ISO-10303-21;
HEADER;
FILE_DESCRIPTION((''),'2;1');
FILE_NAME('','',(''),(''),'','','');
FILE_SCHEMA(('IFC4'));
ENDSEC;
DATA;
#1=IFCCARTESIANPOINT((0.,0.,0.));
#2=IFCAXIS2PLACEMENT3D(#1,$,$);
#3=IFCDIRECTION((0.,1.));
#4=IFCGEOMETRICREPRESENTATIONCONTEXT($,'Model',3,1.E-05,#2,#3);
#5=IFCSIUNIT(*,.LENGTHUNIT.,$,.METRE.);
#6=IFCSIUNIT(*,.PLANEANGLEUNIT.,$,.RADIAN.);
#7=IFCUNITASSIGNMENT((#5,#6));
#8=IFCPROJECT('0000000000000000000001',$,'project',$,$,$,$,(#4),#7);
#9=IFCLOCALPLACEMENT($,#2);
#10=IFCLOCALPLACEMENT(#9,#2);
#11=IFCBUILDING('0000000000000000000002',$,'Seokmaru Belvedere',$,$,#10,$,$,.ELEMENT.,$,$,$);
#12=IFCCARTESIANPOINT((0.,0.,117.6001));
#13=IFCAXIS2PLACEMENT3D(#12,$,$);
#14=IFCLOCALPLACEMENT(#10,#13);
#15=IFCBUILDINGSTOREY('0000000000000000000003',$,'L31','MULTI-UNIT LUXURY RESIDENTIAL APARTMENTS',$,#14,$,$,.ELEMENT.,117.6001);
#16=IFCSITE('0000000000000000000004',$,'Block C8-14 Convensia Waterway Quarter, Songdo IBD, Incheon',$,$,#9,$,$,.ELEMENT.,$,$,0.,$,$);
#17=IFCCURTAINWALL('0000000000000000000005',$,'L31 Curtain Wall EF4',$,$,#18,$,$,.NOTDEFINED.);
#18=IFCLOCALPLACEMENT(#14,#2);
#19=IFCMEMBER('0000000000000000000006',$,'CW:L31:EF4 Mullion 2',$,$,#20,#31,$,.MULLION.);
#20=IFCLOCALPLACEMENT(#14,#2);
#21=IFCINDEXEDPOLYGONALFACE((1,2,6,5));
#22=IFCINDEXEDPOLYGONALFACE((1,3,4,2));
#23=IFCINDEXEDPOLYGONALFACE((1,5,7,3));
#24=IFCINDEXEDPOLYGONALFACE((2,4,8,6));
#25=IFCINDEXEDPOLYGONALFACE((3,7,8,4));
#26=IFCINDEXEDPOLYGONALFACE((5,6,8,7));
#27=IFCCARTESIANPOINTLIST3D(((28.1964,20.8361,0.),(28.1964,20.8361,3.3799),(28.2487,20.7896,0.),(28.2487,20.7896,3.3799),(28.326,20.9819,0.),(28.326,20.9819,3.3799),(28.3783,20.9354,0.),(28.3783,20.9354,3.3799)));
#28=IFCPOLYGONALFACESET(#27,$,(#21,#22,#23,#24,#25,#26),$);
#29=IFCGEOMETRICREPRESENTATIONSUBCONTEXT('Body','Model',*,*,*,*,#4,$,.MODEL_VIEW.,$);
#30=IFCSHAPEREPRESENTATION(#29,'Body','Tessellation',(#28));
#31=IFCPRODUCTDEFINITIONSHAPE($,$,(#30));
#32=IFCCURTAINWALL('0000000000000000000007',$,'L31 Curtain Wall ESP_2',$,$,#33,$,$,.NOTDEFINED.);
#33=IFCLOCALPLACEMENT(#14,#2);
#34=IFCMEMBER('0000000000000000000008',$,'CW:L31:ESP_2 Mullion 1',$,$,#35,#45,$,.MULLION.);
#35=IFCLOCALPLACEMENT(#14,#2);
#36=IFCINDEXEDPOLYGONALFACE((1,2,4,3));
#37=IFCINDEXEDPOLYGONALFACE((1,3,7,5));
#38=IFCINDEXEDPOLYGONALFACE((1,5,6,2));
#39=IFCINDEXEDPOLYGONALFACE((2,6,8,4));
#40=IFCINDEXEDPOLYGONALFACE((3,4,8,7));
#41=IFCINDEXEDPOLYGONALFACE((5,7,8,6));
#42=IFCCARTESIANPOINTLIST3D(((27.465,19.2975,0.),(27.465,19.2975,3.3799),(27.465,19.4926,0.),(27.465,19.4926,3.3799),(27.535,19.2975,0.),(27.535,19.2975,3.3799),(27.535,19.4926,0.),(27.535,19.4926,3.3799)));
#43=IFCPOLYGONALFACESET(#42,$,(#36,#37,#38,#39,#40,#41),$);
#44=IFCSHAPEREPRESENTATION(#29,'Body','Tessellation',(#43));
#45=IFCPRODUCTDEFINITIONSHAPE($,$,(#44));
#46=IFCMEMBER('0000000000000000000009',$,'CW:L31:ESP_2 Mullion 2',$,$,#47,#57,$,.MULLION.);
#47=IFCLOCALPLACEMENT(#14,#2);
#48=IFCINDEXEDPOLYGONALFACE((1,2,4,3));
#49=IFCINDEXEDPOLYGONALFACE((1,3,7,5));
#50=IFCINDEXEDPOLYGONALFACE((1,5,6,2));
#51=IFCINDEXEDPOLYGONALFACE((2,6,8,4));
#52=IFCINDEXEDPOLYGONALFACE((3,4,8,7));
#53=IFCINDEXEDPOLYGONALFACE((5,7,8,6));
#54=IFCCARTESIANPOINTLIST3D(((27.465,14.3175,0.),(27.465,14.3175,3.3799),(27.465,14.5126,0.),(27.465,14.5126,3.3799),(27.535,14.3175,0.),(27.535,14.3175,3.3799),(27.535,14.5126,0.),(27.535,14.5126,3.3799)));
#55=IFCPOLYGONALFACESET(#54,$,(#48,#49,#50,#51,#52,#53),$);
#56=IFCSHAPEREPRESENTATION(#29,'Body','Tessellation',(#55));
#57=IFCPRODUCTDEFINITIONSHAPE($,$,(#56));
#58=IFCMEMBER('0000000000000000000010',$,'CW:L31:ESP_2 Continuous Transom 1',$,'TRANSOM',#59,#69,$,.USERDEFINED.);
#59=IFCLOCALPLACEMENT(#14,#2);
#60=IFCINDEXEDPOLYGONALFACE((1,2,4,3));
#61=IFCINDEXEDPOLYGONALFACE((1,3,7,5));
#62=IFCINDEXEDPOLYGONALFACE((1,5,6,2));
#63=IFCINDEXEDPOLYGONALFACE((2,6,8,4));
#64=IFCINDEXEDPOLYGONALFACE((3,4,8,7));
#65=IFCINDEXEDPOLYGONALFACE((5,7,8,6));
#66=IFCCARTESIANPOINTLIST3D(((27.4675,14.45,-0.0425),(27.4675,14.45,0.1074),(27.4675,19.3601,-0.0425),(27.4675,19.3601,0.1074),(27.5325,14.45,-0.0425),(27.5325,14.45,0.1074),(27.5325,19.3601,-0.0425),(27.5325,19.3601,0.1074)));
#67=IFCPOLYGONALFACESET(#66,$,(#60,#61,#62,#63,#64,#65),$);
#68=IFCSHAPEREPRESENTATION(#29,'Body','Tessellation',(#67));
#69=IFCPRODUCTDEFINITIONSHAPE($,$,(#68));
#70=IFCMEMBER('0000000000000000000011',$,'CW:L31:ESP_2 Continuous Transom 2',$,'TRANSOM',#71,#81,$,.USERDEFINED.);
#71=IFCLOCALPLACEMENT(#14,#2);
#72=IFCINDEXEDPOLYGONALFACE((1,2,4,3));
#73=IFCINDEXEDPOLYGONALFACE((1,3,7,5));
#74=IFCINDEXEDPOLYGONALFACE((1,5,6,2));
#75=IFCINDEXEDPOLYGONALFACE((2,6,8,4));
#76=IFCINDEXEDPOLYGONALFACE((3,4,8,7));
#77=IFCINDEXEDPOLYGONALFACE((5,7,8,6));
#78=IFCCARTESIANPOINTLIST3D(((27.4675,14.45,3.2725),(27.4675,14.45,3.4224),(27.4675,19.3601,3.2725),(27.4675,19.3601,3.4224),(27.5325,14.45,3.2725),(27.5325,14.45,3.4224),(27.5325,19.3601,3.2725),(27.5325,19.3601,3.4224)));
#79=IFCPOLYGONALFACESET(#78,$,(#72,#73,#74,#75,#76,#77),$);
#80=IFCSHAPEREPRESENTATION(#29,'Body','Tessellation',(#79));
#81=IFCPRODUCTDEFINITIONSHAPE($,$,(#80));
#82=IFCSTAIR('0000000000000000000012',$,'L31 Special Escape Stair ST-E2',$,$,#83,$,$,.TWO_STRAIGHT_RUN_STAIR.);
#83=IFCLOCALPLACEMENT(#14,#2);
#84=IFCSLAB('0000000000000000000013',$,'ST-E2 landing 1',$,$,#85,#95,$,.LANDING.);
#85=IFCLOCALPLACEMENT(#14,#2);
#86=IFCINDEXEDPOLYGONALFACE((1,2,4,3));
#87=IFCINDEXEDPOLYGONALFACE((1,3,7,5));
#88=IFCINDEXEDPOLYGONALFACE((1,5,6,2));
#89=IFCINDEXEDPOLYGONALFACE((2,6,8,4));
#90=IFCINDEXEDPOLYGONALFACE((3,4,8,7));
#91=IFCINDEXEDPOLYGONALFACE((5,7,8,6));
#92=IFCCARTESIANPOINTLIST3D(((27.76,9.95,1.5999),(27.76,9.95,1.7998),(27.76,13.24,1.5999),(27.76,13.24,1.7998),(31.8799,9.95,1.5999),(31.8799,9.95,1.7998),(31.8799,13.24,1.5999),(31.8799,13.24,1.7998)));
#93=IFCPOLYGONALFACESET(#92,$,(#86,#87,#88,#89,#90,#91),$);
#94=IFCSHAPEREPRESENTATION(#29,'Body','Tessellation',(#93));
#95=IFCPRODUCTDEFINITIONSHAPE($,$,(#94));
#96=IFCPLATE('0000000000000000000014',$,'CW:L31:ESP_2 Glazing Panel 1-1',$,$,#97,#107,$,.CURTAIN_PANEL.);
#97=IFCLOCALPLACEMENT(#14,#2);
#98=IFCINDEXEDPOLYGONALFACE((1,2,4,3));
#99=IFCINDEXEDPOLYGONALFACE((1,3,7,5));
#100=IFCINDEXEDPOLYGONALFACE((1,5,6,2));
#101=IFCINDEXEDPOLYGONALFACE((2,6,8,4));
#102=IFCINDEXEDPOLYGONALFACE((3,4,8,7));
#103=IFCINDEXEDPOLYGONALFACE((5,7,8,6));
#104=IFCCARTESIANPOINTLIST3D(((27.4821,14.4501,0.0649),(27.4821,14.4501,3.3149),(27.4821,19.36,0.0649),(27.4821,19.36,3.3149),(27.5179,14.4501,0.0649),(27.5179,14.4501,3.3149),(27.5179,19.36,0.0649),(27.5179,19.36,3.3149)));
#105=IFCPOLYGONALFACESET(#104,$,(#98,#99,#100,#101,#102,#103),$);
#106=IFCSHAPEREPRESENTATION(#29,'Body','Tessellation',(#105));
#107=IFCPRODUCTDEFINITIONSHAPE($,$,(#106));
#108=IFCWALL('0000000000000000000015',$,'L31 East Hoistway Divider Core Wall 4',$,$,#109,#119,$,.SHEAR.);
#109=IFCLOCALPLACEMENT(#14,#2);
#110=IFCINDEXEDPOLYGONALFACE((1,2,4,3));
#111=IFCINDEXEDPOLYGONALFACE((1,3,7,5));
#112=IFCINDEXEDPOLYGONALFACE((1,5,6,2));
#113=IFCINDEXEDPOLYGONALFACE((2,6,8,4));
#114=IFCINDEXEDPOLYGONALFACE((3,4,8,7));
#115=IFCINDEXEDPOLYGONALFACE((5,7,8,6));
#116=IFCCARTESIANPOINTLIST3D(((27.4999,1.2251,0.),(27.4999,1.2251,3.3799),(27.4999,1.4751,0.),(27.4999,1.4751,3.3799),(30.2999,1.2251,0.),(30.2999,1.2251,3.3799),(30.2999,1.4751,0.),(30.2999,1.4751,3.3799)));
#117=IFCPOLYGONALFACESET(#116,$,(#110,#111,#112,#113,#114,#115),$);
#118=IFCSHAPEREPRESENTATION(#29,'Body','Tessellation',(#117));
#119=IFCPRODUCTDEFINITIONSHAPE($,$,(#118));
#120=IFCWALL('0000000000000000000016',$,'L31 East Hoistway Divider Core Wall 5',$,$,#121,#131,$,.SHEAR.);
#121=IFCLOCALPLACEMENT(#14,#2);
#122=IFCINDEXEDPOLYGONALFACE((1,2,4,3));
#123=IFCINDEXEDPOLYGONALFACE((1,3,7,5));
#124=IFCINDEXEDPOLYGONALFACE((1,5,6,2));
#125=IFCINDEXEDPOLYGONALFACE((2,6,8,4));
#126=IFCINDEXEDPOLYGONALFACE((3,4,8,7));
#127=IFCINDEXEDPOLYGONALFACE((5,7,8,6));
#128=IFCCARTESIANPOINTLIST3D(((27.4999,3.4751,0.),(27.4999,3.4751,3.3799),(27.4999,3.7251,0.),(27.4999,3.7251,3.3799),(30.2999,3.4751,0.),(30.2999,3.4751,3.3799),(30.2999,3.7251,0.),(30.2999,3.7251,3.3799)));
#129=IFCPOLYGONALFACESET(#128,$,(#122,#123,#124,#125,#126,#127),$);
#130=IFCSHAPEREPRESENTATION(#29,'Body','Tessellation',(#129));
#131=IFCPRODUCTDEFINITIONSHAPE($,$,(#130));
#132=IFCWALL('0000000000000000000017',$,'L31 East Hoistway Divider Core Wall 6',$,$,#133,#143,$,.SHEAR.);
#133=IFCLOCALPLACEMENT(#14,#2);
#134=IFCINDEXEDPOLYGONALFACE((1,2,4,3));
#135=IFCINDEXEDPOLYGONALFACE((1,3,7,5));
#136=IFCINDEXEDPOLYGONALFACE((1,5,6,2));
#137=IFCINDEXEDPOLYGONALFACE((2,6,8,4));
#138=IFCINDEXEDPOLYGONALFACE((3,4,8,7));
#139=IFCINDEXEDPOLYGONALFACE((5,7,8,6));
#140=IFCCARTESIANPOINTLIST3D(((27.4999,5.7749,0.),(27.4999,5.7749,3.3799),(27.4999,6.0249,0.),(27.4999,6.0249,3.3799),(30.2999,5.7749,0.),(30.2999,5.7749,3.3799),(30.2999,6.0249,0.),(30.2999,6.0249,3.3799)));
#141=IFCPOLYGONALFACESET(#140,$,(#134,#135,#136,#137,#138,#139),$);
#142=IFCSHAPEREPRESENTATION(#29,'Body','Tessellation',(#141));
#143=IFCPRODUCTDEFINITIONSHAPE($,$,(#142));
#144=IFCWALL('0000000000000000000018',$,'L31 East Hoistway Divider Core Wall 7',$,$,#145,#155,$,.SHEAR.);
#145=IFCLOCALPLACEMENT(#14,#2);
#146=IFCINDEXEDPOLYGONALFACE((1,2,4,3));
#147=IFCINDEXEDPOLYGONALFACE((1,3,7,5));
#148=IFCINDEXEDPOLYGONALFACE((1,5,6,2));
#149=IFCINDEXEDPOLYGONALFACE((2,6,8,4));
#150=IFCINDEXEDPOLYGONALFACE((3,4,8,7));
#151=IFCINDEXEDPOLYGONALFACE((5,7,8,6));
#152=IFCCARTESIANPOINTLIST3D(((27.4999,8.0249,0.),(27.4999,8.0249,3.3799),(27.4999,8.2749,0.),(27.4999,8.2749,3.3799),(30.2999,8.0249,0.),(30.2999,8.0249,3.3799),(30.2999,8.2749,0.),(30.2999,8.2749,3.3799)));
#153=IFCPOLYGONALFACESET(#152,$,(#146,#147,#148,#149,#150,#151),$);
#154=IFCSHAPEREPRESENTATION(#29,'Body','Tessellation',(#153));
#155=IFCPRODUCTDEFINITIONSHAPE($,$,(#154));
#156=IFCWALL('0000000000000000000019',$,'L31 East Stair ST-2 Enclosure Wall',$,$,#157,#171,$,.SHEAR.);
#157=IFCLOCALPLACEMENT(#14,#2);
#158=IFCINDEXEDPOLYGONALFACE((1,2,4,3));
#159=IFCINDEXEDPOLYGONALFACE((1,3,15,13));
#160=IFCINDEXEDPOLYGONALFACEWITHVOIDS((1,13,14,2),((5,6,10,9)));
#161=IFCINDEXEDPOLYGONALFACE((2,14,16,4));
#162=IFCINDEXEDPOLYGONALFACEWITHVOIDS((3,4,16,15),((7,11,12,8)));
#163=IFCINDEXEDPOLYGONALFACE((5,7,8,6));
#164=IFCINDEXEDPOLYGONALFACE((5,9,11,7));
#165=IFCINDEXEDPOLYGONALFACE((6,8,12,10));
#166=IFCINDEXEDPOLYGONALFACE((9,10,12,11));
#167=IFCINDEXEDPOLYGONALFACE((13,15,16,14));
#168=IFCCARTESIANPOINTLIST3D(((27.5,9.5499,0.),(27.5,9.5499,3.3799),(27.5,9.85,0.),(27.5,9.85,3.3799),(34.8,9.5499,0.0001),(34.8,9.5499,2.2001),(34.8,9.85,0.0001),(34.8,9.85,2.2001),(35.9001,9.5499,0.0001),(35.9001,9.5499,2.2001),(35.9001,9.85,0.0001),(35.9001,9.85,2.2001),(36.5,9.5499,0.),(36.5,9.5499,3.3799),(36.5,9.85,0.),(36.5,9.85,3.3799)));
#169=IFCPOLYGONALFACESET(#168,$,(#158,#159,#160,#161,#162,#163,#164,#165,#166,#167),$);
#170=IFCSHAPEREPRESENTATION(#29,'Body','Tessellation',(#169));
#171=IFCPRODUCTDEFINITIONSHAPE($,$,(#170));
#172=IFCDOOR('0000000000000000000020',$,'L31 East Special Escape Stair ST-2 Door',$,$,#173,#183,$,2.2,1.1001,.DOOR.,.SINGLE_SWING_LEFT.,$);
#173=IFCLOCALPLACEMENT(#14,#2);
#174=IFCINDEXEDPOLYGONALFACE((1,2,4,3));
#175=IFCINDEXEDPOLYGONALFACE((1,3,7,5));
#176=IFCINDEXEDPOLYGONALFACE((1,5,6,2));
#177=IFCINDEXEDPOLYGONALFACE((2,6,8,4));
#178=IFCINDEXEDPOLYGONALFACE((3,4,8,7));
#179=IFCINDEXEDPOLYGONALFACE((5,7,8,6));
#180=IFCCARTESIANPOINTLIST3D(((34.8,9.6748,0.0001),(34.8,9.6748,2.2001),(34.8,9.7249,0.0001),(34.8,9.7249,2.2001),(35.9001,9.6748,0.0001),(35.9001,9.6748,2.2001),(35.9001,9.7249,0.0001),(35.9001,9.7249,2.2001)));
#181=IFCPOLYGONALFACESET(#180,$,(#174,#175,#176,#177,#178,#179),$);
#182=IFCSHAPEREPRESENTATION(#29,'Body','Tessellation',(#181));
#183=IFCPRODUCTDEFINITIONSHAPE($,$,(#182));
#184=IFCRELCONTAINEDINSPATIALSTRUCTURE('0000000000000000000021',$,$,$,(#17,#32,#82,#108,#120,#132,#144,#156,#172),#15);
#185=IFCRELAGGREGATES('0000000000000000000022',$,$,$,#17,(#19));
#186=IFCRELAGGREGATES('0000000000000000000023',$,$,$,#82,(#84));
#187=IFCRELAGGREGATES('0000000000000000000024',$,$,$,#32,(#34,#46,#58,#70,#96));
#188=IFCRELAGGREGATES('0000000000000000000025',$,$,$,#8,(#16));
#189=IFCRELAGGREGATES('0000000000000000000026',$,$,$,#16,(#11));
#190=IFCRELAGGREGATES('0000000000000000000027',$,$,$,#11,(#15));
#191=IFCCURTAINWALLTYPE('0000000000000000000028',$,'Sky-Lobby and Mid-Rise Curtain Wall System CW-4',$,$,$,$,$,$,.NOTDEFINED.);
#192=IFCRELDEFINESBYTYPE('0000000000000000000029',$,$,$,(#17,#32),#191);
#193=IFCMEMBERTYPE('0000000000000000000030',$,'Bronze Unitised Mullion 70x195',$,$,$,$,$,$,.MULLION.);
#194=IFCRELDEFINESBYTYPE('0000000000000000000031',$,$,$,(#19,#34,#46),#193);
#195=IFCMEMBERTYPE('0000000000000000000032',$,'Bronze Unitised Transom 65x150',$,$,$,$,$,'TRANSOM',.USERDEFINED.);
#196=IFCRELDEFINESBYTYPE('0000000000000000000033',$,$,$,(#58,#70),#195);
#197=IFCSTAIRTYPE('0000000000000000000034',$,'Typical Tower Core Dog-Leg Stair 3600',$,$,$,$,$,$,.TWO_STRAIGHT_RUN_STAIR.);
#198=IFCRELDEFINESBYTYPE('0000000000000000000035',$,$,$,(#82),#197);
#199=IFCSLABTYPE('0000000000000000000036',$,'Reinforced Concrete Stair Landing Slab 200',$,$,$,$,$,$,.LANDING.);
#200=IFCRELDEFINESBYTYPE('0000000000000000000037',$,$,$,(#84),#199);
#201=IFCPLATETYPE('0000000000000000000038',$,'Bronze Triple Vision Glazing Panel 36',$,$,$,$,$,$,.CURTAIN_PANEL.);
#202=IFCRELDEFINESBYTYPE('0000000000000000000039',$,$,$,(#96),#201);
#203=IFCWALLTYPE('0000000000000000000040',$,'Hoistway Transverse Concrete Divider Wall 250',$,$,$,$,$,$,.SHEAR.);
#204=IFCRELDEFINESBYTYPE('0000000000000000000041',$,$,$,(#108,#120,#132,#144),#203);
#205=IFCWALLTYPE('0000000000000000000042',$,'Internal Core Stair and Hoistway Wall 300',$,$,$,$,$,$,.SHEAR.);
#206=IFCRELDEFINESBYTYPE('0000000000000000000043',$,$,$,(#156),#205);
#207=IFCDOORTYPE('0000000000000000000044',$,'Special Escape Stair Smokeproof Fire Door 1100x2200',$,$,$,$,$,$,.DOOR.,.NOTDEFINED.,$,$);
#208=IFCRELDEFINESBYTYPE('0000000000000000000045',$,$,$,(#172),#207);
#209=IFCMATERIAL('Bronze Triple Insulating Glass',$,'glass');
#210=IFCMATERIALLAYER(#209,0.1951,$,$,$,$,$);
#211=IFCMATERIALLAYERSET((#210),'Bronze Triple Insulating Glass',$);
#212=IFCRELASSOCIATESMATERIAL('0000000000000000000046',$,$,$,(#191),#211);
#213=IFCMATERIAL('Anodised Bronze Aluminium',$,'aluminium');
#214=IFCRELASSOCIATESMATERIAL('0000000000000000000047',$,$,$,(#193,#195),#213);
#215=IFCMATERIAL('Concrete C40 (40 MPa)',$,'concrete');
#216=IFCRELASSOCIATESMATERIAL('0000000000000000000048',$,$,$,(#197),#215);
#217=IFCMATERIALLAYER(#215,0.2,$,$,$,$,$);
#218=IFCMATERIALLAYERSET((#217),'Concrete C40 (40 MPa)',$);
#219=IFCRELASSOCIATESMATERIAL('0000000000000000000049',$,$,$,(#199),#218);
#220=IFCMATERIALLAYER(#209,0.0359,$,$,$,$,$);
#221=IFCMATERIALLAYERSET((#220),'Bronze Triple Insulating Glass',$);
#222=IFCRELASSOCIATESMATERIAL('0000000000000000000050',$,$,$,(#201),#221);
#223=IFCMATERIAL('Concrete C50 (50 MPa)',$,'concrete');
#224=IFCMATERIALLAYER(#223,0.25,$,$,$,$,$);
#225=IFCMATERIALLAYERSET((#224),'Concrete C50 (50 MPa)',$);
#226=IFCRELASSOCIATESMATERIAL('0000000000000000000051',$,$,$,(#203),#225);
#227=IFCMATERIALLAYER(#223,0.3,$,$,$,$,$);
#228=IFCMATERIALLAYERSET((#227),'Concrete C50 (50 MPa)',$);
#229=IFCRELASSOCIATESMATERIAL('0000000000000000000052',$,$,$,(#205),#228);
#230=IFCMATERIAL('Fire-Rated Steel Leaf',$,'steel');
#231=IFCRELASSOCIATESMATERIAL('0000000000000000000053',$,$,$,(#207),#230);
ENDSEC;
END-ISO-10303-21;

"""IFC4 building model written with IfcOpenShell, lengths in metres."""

from ifc_helpers import new_model, si_unit, direction, frame, frame_2d, origin, origin_2d, place, context, subcontext, project, spatial, polyline, rectangle, outline, extrude, source, transform, mapped, material, layer, layer_set, material_profile, profile_set, type_object, type_shapes, element, fill, aggregate, save


model = new_model("IFC4")

# Units and contexts
model_context = context("Model", 3, precision=1e-05, world=origin(), true_north=direction((0.0, 1.0)))
body_context = subcontext(model_context, "Body", "Model", "MODEL_VIEW")
ifc_project = project(units=[si_unit("LENGTHUNIT", "METRE"), si_unit("PLANEANGLEUNIT", "RADIAN")], contexts=[model_context])

# Site, building, storey
site_placement = place(None, origin())
site = spatial("IfcSite", under=ifc_project, at=site_placement, Name="Block C8-14 Convensia Waterway Quarter, Songdo IBD, Incheon", CompositionType="ELEMENT", RefElevation=0.0)
building_placement = place(site_placement, origin())
building = spatial("IfcBuilding", under=site, at=building_placement, Name="Seokmaru Belvedere", CompositionType="ELEMENT")
storey_placement = place(building_placement, frame((0.0, 0.0, 117.6001)))
storey = spatial("IfcBuildingStorey", under=building, at=storey_placement, Name="L31", Description="MULTI-UNIT LUXURY RESIDENTIAL APARTMENTS", CompositionType="ELEMENT", Elevation=117.6001)

# Curtain wall, member
ifc_material_1 = material(Name="Bronze Triple Insulating Glass", Category="glass")
ifc_layer_1 = layer(ifc_material_1, 0.1951)
ifc_layer_set_1 = layer_set([ifc_layer_1], Name="Bronze Triple Insulating Glass")
curtain_wall_type = type_object("IfcCurtainWallType", Name="Sky-Lobby and Mid-Rise Curtain Wall System CW-4", PredefinedType="NOTDEFINED", material=ifc_layer_set_1)
curtain_wall_1_placement = place(storey_placement, origin())
curtain_wall_1 = element("IfcCurtainWall", 1, at=curtain_wall_1_placement, inside=storey, type_object=curtain_wall_type, Name="L31 Curtain Wall EF4", PredefinedType="NOTDEFINED")
ifc_material_2 = material(Name="Anodised Bronze Aluminium", Category="aluminium")
ifc_material_profile_1 = material_profile(ifc_material_2, rectangle(XDim=0.0701, YDim=0.1951, at=origin_2d()), Name="CW-M-70x195")
ifc_profile_set_1 = profile_set([ifc_material_profile_1], Name="Anodised Bronze Aluminium")
member_type_1 = type_object("IfcMemberType", Name="Bronze Unitised Mullion 70x195", PredefinedType="MULLION", material=ifc_profile_set_1)
shared_shape_1 = source(origin(), body_context, "Body", "SweptSolid", [
    extrude(rectangle(XDim=0.0701, YDim=0.1951, at=origin_2d()), origin(), (0.0, 0.0, 1.0), 3.3799),
])
type_shapes(member_type_1, [shared_shape_1])
member_1_placement = place(storey_placement, frame((28.2874, 20.8857, 0.0), z_axis=(0.0, 0.0, 1.0), x_axis=(0.74741, -0.664363, 0.0)))
member_1 = element("IfcMember", 2, at=member_1_placement, type_object=member_type_1, Name="CW:L31:EF4 Mullion 2", PredefinedType="MULLION", context=body_context, shape_type="MappedRepresentation", body=[
    mapped(shared_shape_1, transform((0.0, 0.0, 0.0), scale=1.0)),
])
aggregate(curtain_wall_1, [member_1])

# Curtain wall, members
curtain_wall_2_placement = place(storey_placement, origin())
curtain_wall_2 = element("IfcCurtainWall", 3, at=curtain_wall_2_placement, inside=storey, type_object=curtain_wall_type, Name="L31 Curtain Wall ESP_2", PredefinedType="NOTDEFINED")
member_2_placement = place(storey_placement, frame((27.5, 19.395, 0.0), z_axis=(0.0, 0.0, 1.0), x_axis=(1.0, 0.0, 0.0)))
member_2 = element("IfcMember", 4, at=member_2_placement, type_object=member_type_1, Name="CW:L31:ESP_2 Mullion 1", PredefinedType="MULLION", context=body_context, shape_type="MappedRepresentation", body=[
    mapped(shared_shape_1, transform((0.0, 0.0, 0.0), scale=1.0)),
])
member_3_placement = place(storey_placement, frame((27.5, 14.415, 0.0), z_axis=(0.0, 0.0, 1.0), x_axis=(1.0, 0.0, 0.0)))
member_3 = element("IfcMember", 5, at=member_3_placement, type_object=member_type_1, Name="CW:L31:ESP_2 Mullion 2", PredefinedType="MULLION", context=body_context, shape_type="MappedRepresentation", body=[
    mapped(shared_shape_1, transform((0.0, 0.0, 0.0), scale=1.0)),
])
ifc_material_profile_2 = material_profile(ifc_material_2, rectangle(XDim=0.0649, YDim=0.1499, at=origin_2d()), Name="CW-T-65x150")
ifc_profile_set_2 = profile_set([ifc_material_profile_2], Name="Anodised Bronze Aluminium")
member_type_2 = type_object("IfcMemberType", Name="Bronze Unitised Transom 65x150", ElementType="TRANSOM", PredefinedType="USERDEFINED", material=ifc_profile_set_2)
shared_shape_2 = source(origin(), body_context, "Body", "SweptSolid", [
    extrude(rectangle(XDim=0.0649, YDim=0.1499, at=origin_2d()), origin(), (0.0, 0.0, 1.0), 4.9102),
])
type_shapes(member_type_2, [shared_shape_2])
member_4_placement = place(storey_placement, frame((27.5, 19.3601, 0.0325), z_axis=(0.0, -1.0, 0.0), x_axis=(1.0, 0.0, 0.0)))
member_4 = element("IfcMember", 6, at=member_4_placement, type_object=member_type_2, Name="CW:L31:ESP_2 Continuous Transom 1", ObjectType="TRANSOM", PredefinedType="USERDEFINED", context=body_context, shape_type="MappedRepresentation", body=[
    mapped(shared_shape_2, transform((0.0, 0.0, 0.0), scale=1.0)),
])
member_5_placement = place(storey_placement, frame((27.5, 19.3601, 3.3474), z_axis=(0.0, -1.0, 0.0), x_axis=(1.0, 0.0, 0.0)))
member_5 = element("IfcMember", 7, at=member_5_placement, type_object=member_type_2, Name="CW:L31:ESP_2 Continuous Transom 2", ObjectType="TRANSOM", PredefinedType="USERDEFINED", context=body_context, shape_type="MappedRepresentation", body=[
    mapped(shared_shape_2, transform((0.0, 0.0, 0.0), scale=1.0)),
])

# Stair, slab
ifc_material_3 = material(Name="Concrete C40 (40 MPa)", Category="concrete")
stair_type = type_object("IfcStairType", Name="Typical Tower Core Dog-Leg Stair 3600", PredefinedType="TWO_STRAIGHT_RUN_STAIR", material=ifc_material_3)
stair_placement = place(storey_placement, origin())
stair = element("IfcStair", 8, at=stair_placement, inside=storey, type_object=stair_type, Name="L31 Special Escape Stair ST-E2", PredefinedType="TWO_STRAIGHT_RUN_STAIR")
ifc_layer_2 = layer(ifc_material_3, 0.2)
ifc_layer_set_2 = layer_set([ifc_layer_2], Name="Concrete C40 (40 MPa)")
slab_type = type_object("IfcSlabType", Name="Reinforced Concrete Stair Landing Slab 200", PredefinedType="LANDING", material=ifc_layer_set_2)
slab_placement = place(storey_placement, frame((0.0, 0.0, 1.5999)))
slab = element("IfcSlab", 9, at=slab_placement, type_object=slab_type, Name="ST-E2 landing 1", PredefinedType="LANDING", context=body_context, shape_type="SweptSolid", body=[
    extrude(outline(polyline([(27.76, 9.95), (31.8799, 9.95), (31.8799, 13.24), (27.76, 13.24), (27.76, 9.95)])), origin(), (0.0, 0.0, 1.0), 0.2),
])
aggregate(stair, [slab])

# Plate
ifc_layer_3 = layer(ifc_material_1, 0.0359)
ifc_layer_set_3 = layer_set([ifc_layer_3], Name="Bronze Triple Insulating Glass")
plate_type = type_object("IfcPlateType", Name="Bronze Triple Vision Glazing Panel 36", PredefinedType="CURTAIN_PANEL", material=ifc_layer_set_3)
shared_shape_3 = source(origin(), body_context, "Body", "SweptSolid", [
    extrude(rectangle(XDim=4.9099, YDim=0.0359, at=origin_2d()), origin(), (0.0, 0.0, 1.0), 3.25),
])
type_shapes(plate_type, [shared_shape_3])
plate_placement = place(storey_placement, frame((27.5, 16.905, 0.0649), z_axis=(0.0, 0.0, 1.0), x_axis=(0.0, -1.0, 0.0)))
plate = element("IfcPlate", 10, at=plate_placement, type_object=plate_type, Name="CW:L31:ESP_2 Glazing Panel 1-1", PredefinedType="CURTAIN_PANEL", context=body_context, shape_type="MappedRepresentation", body=[
    mapped(shared_shape_3, transform((0.0, 0.0, 0.0), scale=1.0)),
])
aggregate(curtain_wall_2, [member_2, member_3, member_4, member_5, plate])

# Walls
ifc_material_4 = material(Name="Concrete C50 (50 MPa)", Category="concrete")
ifc_layer_4 = layer(ifc_material_4, 0.25)
ifc_layer_set_4 = layer_set([ifc_layer_4], Name="Concrete C50 (50 MPa)")
wall_type_1 = type_object("IfcWallType", Name="Hoistway Transverse Concrete Divider Wall 250", PredefinedType="SHEAR", material=ifc_layer_set_4)
for number, where, z_axis, x_axis, name in (
    (11, (27.5, 1.3501, 0.0), (0.0, 0.0, 1.0), (1.0, 0.0, 0.0), "L31 East Hoistway Divider Core Wall 4"),
    (12, (27.5, 3.6001, 0.0), (0.0, 0.0, 1.0), (1.0, 0.0, 0.0), "L31 East Hoistway Divider Core Wall 5"),
    (13, (27.5, 5.8999, 0.0), (0.0, 0.0, 1.0), (1.0, 0.0, 0.0), "L31 East Hoistway Divider Core Wall 6"),
    (14, (27.5, 8.1499, 0.0), (0.0, 0.0, 1.0), (1.0, 0.0, 0.0), "L31 East Hoistway Divider Core Wall 7"),
):
    element("IfcWall", number, at=place(storey_placement, frame(where, z_axis=z_axis, x_axis=x_axis)), inside=storey, type_object=wall_type_1, Name=name, PredefinedType="SHEAR", context=body_context, shape_type="SweptSolid", body=[
        extrude(rectangle(XDim=2.8, YDim=0.25, at=frame_2d((1.3999, 0.0))), origin(), (0.0, 0.0, 1.0), 3.3799),
    ])

# Wall, opening, door
ifc_layer_5 = layer(ifc_material_4, 0.3)
ifc_layer_set_5 = layer_set([ifc_layer_5], Name="Concrete C50 (50 MPa)")
wall_type_2 = type_object("IfcWallType", Name="Internal Core Stair and Hoistway Wall 300", PredefinedType="SHEAR", material=ifc_layer_set_5)
wall_1_placement = place(storey_placement, frame((27.5, 9.7, 0.0), z_axis=(0.0, 0.0, 1.0), x_axis=(1.0, 0.0, 0.0)))
wall_1 = element("IfcWall", 15, at=wall_1_placement, inside=storey, type_object=wall_type_2, Name="L31 East Stair ST-2 Enclosure Wall", PredefinedType="SHEAR", context=body_context, shape_type="SweptSolid", body=[
    extrude(rectangle(XDim=9.0, YDim=0.3, at=frame_2d((4.5, 0.0))), origin(), (0.0, 0.0, 1.0), 3.3799),
])
opening_placement = place(wall_1_placement, frame((7.3, 0.0, 0.0)))
opening = element("IfcOpeningElement", 16, at=opening_placement, cuts=wall_1, PredefinedType="OPENING", context=body_context, shape_type="SweptSolid", body=[
    extrude(rectangle(XDim=1.1001, YDim=2.2, at=frame_2d((0.55, 1.1001))), frame((0.0, 0.1602, 0.0), z_axis=(0.0, -1.0, 0.0), x_axis=(1.0, 0.0, 0.0)), (0.0, 0.0, 1.0), 0.3201),
])
ifc_material_5 = material(Name="Fire-Rated Steel Leaf", Category="steel")
door_type = type_object("IfcDoorType", Name="Special Escape Stair Smokeproof Fire Door 1100x2200", OperationType="NOTDEFINED", PredefinedType="DOOR", material=ifc_material_5)
shared_shape_4 = source(origin(), body_context, "Body", "SweptSolid", [
    extrude(rectangle(XDim=1.1001, YDim=2.2, at=frame_2d((0.55, 1.1001))), frame((0.0, 0.0249, 0.0), z_axis=(0.0, -1.0, 0.0), x_axis=(1.0, 0.0, 0.0)), (0.0, 0.0, 1.0), 0.05),
])
type_shapes(door_type, [shared_shape_4])
door_placement = place(opening_placement, origin())
door = element("IfcDoor", 17, at=door_placement, inside=storey, type_object=door_type, Name="L31 East Special Escape Stair ST-2 Door", OperationType="SINGLE_SWING_LEFT", OverallHeight=2.2, OverallWidth=1.1001, PredefinedType="DOOR", context=body_context, shape_type="MappedRepresentation", body=[
    mapped(shared_shape_4, transform((0.0, 0.0, 0.0), scale=1.0)),
])
fill(opening, door)

save(model, "model.ifc")
